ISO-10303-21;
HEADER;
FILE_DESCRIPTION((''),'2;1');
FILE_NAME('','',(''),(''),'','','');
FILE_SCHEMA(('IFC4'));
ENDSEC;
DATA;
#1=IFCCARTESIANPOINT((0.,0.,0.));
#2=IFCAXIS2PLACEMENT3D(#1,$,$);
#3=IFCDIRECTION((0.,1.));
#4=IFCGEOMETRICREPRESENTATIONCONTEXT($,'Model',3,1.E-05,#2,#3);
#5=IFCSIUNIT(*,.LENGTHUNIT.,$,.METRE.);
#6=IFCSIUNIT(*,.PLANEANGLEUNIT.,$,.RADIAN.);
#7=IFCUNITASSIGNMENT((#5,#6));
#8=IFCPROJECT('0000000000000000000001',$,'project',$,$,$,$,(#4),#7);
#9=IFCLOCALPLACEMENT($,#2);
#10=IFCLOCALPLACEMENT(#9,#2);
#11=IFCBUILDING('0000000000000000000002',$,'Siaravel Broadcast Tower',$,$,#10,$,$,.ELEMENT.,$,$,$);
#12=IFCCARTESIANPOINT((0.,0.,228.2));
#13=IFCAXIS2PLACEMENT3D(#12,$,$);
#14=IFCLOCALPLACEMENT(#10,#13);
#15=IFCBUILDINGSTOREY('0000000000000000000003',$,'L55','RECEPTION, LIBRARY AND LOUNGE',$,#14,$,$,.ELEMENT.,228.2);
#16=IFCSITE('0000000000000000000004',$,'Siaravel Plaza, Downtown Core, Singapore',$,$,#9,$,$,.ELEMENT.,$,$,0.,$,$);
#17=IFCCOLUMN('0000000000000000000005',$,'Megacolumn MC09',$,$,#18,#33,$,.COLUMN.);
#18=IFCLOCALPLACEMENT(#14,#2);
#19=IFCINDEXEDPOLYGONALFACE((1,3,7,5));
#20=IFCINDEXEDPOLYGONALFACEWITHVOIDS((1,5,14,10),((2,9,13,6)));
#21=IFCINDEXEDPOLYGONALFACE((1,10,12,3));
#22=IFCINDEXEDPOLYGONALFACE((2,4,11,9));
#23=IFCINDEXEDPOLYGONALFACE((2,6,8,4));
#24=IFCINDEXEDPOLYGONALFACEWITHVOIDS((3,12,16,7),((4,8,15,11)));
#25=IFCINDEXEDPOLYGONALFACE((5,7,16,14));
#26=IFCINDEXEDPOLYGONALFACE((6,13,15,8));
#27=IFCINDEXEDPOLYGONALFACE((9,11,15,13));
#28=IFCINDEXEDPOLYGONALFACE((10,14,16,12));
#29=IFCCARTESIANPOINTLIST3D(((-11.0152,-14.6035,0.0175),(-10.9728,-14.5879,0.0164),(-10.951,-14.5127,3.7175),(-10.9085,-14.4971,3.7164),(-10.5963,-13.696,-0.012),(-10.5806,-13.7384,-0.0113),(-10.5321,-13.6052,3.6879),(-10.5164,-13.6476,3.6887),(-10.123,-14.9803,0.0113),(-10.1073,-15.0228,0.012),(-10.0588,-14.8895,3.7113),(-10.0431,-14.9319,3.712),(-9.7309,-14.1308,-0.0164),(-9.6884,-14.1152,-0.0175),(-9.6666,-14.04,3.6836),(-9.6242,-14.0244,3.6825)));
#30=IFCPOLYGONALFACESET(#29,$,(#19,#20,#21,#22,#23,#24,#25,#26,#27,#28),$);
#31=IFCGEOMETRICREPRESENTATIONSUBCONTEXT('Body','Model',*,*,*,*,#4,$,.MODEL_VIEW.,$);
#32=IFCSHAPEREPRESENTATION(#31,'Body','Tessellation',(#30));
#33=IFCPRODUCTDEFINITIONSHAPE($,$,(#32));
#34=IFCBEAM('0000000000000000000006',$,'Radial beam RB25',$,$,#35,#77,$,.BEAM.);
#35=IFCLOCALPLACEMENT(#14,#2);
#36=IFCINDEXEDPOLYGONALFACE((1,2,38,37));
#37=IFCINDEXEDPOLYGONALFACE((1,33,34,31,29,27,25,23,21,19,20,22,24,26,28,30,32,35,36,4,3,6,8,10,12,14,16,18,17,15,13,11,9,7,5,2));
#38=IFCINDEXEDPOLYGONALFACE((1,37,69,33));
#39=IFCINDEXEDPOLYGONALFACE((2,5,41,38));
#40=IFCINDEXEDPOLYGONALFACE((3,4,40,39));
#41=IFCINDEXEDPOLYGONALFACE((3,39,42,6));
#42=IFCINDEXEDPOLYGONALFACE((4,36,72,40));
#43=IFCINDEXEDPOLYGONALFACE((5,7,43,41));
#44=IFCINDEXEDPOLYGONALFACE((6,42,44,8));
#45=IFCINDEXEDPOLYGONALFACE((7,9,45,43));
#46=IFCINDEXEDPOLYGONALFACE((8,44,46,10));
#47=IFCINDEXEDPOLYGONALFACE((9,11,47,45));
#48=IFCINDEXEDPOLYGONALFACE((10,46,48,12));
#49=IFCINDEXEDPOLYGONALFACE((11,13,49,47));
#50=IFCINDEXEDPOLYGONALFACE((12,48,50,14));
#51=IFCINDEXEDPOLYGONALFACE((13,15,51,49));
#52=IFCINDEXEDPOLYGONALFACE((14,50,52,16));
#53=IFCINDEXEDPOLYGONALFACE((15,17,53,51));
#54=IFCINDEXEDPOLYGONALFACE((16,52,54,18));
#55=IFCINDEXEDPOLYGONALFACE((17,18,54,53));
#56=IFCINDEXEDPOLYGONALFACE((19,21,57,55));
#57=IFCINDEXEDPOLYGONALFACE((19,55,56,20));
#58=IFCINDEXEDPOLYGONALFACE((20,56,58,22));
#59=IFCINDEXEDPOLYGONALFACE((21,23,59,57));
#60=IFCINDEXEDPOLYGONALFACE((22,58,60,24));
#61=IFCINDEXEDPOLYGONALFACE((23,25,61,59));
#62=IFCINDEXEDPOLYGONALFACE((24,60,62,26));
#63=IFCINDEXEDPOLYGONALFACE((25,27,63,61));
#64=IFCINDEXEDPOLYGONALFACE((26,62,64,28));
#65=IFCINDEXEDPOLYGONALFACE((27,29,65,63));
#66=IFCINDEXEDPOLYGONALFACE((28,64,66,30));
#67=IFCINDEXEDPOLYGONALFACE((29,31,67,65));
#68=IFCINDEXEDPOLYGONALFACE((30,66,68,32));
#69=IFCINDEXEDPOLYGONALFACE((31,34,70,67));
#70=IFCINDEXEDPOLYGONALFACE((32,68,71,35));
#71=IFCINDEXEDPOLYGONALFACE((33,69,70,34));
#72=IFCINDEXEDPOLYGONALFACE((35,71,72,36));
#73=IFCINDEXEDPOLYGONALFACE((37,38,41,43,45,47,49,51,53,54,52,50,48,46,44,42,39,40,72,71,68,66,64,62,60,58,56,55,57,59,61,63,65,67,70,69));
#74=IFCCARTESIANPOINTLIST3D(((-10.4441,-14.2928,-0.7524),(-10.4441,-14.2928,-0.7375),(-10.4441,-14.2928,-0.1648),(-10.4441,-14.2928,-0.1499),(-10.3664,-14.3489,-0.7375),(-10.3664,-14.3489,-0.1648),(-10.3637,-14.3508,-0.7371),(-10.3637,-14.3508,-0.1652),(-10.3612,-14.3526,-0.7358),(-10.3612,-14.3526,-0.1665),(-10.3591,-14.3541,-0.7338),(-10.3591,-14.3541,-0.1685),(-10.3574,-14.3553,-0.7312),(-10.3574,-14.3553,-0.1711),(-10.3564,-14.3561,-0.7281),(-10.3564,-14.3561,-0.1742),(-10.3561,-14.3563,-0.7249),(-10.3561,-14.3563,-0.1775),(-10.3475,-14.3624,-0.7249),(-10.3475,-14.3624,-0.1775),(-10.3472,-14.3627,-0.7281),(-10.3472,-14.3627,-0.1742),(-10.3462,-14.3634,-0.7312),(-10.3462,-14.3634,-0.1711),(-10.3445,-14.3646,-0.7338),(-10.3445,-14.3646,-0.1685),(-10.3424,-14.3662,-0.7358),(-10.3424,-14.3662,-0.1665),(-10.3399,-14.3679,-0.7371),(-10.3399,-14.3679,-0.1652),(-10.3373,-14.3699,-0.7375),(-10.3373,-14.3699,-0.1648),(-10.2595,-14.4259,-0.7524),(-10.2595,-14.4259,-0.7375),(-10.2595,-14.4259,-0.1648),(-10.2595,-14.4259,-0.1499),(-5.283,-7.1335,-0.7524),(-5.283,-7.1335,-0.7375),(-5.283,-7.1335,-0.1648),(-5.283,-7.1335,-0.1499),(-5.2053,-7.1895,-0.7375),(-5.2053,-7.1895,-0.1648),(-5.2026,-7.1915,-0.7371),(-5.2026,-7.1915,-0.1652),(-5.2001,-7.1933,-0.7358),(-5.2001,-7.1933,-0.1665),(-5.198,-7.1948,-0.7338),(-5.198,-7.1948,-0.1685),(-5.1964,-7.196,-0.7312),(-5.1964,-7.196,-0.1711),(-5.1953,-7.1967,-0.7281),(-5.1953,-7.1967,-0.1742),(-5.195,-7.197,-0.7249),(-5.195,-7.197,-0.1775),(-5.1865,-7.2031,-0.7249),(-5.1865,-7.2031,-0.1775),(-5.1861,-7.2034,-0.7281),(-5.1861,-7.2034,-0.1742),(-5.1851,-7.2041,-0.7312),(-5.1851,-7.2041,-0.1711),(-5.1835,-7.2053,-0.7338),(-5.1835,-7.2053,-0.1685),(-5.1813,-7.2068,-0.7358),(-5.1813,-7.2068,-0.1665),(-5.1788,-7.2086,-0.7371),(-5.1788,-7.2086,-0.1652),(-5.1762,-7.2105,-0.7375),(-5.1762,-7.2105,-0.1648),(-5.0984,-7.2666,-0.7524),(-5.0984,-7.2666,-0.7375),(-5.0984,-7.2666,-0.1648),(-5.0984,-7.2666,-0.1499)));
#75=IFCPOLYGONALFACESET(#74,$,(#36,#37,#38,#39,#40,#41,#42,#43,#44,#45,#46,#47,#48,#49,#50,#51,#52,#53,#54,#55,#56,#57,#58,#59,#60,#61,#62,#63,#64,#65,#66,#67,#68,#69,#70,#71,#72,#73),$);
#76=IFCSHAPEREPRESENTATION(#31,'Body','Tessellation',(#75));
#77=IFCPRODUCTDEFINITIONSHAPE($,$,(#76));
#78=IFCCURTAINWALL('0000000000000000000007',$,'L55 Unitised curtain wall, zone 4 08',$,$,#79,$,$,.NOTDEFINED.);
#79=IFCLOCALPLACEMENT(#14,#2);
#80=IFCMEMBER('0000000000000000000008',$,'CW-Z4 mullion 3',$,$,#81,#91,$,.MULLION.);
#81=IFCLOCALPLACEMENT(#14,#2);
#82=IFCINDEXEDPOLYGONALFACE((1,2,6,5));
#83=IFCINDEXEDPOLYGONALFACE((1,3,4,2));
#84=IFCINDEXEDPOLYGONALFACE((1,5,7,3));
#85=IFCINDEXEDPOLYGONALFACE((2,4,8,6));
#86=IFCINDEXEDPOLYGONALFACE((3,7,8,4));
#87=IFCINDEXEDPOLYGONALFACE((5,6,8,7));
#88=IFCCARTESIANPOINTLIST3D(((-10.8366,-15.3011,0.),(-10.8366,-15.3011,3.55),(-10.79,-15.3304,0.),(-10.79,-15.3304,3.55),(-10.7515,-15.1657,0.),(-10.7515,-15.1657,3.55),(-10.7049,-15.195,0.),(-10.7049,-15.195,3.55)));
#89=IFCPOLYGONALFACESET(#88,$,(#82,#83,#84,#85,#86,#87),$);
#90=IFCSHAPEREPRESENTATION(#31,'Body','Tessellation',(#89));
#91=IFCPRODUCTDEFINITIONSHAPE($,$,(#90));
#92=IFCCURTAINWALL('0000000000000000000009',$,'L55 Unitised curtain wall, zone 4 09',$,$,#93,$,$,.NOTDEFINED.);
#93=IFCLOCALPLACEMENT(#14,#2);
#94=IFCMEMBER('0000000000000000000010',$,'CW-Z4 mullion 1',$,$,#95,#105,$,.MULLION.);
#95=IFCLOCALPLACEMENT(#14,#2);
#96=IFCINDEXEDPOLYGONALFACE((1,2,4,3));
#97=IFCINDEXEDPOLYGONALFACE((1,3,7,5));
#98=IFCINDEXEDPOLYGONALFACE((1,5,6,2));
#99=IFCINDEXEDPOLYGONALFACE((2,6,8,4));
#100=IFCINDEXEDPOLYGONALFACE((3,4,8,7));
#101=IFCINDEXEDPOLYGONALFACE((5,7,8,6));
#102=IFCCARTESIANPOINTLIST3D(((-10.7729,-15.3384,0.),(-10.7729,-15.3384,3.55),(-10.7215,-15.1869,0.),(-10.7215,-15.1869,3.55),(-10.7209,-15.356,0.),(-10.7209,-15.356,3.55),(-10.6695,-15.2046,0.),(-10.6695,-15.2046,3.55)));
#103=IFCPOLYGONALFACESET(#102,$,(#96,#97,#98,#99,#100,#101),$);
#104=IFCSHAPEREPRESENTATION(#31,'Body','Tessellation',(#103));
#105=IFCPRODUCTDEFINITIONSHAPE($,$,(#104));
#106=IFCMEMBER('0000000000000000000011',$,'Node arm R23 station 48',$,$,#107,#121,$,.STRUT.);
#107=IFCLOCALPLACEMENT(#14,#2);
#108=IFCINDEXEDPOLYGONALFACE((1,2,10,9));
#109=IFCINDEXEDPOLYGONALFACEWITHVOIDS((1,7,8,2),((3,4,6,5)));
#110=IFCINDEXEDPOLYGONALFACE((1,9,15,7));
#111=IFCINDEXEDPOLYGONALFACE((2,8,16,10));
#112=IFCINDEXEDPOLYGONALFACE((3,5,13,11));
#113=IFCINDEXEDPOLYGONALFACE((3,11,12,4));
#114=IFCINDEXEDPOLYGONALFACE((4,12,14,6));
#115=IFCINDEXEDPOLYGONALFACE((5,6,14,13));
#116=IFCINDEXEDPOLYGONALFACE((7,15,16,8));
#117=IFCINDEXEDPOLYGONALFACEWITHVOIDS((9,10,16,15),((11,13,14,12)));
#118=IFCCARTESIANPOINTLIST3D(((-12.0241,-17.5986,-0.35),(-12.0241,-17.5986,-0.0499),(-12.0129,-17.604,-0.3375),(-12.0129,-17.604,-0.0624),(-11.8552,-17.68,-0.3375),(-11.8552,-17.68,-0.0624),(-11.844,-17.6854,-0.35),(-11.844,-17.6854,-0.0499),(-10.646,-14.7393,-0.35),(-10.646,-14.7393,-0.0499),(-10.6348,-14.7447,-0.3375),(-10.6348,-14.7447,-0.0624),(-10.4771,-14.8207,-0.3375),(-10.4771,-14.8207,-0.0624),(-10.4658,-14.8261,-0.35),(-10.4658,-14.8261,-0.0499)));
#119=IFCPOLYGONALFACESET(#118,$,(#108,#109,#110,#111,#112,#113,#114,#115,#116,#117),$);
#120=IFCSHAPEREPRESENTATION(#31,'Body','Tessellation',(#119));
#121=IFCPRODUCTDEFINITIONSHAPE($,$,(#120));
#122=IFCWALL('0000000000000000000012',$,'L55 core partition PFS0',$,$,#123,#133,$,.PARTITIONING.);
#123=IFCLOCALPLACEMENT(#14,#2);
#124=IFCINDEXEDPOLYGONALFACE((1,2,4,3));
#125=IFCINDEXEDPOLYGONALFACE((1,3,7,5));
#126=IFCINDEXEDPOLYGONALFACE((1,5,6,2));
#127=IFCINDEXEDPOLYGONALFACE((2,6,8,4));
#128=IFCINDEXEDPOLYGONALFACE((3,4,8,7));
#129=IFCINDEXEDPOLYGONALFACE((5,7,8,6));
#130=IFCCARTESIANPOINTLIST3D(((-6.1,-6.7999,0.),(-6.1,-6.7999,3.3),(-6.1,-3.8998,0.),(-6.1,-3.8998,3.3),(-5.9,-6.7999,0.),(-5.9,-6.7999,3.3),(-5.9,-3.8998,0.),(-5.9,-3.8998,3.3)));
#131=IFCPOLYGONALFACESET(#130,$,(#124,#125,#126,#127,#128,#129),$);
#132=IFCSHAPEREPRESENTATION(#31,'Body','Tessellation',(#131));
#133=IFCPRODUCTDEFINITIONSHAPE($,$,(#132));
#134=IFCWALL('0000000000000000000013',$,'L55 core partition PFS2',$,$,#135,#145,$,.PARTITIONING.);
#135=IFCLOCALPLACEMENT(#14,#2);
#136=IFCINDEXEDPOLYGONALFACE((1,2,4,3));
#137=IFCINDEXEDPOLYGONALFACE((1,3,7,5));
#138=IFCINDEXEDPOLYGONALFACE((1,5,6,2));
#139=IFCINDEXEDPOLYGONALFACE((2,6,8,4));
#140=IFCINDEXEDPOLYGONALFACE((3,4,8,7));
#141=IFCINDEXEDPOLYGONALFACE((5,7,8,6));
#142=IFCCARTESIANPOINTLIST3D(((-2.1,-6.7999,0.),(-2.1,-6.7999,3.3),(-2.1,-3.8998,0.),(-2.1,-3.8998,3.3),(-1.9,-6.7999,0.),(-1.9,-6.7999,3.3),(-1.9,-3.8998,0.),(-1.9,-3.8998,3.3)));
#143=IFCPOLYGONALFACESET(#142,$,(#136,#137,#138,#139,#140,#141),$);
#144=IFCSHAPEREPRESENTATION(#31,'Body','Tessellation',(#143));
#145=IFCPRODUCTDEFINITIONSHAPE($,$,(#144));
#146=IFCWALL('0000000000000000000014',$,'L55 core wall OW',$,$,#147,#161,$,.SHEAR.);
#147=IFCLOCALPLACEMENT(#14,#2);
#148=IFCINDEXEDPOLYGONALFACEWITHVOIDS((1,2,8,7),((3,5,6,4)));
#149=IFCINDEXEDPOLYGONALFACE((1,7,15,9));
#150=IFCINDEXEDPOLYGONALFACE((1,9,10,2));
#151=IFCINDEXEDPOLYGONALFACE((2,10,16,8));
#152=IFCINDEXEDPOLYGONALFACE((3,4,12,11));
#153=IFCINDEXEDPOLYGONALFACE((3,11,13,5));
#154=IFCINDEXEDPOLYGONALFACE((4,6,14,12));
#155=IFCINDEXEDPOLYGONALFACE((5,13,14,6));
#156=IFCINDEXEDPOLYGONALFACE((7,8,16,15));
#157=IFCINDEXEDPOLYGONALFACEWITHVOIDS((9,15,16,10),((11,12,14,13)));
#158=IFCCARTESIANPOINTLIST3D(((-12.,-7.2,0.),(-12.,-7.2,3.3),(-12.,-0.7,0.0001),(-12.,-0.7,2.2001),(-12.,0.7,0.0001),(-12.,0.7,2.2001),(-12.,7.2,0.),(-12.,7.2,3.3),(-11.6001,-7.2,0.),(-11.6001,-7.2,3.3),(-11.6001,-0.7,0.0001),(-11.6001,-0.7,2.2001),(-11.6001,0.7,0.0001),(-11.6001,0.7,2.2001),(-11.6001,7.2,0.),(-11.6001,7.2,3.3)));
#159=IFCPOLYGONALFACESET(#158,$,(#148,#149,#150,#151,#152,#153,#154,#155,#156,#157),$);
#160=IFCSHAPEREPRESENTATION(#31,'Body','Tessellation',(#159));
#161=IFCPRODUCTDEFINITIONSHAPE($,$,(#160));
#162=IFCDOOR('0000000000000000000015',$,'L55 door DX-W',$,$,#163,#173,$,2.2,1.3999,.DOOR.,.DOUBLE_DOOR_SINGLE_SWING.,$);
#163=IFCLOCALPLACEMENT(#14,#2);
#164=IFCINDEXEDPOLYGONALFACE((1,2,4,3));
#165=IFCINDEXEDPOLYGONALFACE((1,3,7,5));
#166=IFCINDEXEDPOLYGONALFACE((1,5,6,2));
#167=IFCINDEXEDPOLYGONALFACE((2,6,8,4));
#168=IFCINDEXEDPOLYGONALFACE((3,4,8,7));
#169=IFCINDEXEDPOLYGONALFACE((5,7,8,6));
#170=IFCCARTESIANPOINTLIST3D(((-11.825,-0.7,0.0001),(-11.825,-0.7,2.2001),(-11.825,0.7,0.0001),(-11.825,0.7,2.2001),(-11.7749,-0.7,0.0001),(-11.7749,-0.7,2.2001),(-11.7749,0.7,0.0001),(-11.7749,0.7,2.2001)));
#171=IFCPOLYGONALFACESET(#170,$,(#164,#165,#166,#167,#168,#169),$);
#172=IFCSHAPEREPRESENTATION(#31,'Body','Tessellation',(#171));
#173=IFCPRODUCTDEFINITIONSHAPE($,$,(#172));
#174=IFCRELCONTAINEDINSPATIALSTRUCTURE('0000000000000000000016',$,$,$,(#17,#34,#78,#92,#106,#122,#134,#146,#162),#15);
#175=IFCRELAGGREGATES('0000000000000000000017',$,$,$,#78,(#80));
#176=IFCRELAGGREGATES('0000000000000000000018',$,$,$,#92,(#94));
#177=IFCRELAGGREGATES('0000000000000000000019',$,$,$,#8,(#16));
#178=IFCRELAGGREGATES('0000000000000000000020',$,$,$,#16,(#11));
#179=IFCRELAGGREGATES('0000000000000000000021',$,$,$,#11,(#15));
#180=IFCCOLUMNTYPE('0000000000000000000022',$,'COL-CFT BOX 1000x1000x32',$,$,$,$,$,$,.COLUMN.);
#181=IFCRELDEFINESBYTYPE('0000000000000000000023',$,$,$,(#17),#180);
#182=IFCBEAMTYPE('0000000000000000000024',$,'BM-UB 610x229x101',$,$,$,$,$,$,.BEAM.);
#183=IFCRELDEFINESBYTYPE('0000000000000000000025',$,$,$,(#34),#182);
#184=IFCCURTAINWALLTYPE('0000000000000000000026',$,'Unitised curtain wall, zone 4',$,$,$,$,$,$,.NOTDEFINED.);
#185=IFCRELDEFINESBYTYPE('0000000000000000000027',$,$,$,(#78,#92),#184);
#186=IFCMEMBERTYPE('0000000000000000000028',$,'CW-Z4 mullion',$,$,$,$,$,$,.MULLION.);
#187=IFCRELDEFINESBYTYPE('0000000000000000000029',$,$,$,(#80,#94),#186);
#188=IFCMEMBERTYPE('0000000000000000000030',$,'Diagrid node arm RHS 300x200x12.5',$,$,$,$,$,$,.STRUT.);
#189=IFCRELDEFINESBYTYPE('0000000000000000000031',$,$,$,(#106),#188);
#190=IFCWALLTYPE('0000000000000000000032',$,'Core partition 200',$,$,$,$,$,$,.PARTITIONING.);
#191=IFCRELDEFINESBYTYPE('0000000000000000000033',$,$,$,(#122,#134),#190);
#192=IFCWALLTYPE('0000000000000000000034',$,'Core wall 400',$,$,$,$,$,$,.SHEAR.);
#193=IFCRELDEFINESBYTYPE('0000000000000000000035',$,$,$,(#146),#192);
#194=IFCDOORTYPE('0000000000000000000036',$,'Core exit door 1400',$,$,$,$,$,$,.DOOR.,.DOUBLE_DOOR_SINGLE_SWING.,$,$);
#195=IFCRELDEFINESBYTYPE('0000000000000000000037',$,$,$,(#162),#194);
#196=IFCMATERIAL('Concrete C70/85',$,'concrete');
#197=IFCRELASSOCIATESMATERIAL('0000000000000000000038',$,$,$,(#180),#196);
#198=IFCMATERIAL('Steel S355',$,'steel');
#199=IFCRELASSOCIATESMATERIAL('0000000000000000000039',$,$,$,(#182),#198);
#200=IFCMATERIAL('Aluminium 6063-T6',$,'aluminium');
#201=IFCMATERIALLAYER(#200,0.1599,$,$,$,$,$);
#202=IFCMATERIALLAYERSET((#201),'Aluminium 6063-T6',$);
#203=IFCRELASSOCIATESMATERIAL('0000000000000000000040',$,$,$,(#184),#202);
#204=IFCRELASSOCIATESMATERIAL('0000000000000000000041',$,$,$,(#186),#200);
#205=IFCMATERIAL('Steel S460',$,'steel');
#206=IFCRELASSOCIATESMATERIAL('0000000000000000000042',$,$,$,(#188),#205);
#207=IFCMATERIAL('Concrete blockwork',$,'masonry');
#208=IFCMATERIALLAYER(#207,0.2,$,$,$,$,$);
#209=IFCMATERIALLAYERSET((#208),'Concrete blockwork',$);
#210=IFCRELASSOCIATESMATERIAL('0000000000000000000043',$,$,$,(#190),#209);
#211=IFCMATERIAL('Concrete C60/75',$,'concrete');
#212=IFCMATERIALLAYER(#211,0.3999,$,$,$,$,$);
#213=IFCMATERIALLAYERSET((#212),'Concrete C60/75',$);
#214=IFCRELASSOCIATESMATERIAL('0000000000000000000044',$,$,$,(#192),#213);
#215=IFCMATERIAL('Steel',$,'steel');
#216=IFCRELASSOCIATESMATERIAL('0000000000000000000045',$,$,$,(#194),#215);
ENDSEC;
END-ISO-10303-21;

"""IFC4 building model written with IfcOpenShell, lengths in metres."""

from ifc_helpers import new_model, si_unit, direction, frame, frame_2d, origin, origin_2d, place, context, subcontext, project, spatial, rectangle, hollow_rectangle, i_section, extrude, material, layer, layer_set, material_profile, profile_set, type_object, element, fill, aggregate, save


model = new_model("IFC4")

# Units and contexts
model_context = context("Model", 3, precision=1e-05, world=origin(), true_north=direction((0.0, 1.0)))
body_context = subcontext(model_context, "Body", "Model", "MODEL_VIEW")
ifc_project = project(units=[si_unit("LENGTHUNIT", "METRE"), si_unit("PLANEANGLEUNIT", "RADIAN")], contexts=[model_context])

# Site, building, storey
site_placement = place(None, origin())
site = spatial("IfcSite", under=ifc_project, at=site_placement, Name="Siaravel Plaza, Downtown Core, Singapore", CompositionType="ELEMENT", RefElevation=0.0)
building_placement = place(site_placement, origin())
building = spatial("IfcBuilding", under=site, at=building_placement, Name="Siaravel Broadcast Tower", CompositionType="ELEMENT")
storey_placement = place(building_placement, frame((0.0, 0.0, 228.2)))
storey = spatial("IfcBuildingStorey", under=building, at=storey_placement, Name="L55", Description="RECEPTION, LIBRARY AND LOUNGE", CompositionType="ELEMENT", Elevation=228.2)

# Column
ifc_material_1 = material(Name="Concrete C70/85", Category="concrete")
ifc_material_profile_1 = material_profile(ifc_material_1, hollow_rectangle(XDim=1.0, YDim=1.0, WallThickness=0.032, at=origin_2d()))
ifc_profile_set_1 = profile_set([ifc_material_profile_1], Name="Concrete C70/85")
column_type = type_object("IfcColumnType", Name="COL-CFT BOX 1000x1000x32", PredefinedType="COLUMN", material=ifc_profile_set_1)
column_placement = place(storey_placement, frame((-10.3518, -14.3594, 0.0), z_axis=(0.017346, 0.024535, 0.999548), x_axis=(-0.907863, 0.419232, 0.005464)))
element("IfcColumn", 1, at=column_placement, inside=storey, type_object=column_type, Name="Megacolumn MC09", PredefinedType="COLUMN", context=body_context, shape_type="SweptSolid", body=[
    extrude(hollow_rectangle(XDim=1.0, YDim=1.0, WallThickness=0.032, at=origin_2d()), origin(), (0.0, 0.0, 1.0), 3.7017),
])

# Beam
ifc_material_2 = material(Name="Steel S355", Category="steel")
ifc_material_profile_2 = material_profile(ifc_material_2, i_section(OverallWidth=0.2275, OverallDepth=0.6025, WebThickness=0.0105, FlangeThickness=0.0149, FilletRadius=0.0127, at=origin_2d()))
ifc_profile_set_2 = profile_set([ifc_material_profile_2], Name="Steel S355")
beam_type = type_object("IfcBeamType", Name="BM-UB 610x229x101", PredefinedType="BEAM", material=ifc_profile_set_2)
beam_placement = place(storey_placement, frame((-10.3518, -14.3594, -0.4512), z_axis=(0.584778, 0.811193, 0.0), x_axis=(-0.811193, 0.584778, 0.0)))
element("IfcBeam", 2, at=beam_placement, inside=storey, type_object=beam_type, Name="Radial beam RB25", PredefinedType="BEAM", context=body_context, shape_type="SweptSolid", body=[
    extrude(i_section(OverallWidth=0.2275, OverallDepth=0.6025, WebThickness=0.0105, FlangeThickness=0.0149, FilletRadius=0.0127, at=origin_2d()), origin(), (0.0, 0.0, 1.0), 8.8257),
])

# Curtain walls, members
ifc_material_3 = material(Name="Aluminium 6063-T6", Category="aluminium")
ifc_layer_1 = layer(ifc_material_3, 0.1599)
ifc_layer_set_1 = layer_set([ifc_layer_1], Name="Aluminium 6063-T6")
curtain_wall_type = type_object("IfcCurtainWallType", Name="Unitised curtain wall, zone 4", PredefinedType="NOTDEFINED", material=ifc_layer_set_1)
curtain_wall_1_placement = place(storey_placement, origin())
curtain_wall_1 = element("IfcCurtainWall", 3, at=curtain_wall_1_placement, inside=storey, type_object=curtain_wall_type, Name="L55 Unitised curtain wall, zone 4 08", PredefinedType="NOTDEFINED")
ifc_material_profile_3 = material_profile(ifc_material_3, rectangle(XDim=0.1599, YDim=0.0549, at=origin_2d()))
ifc_profile_set_3 = profile_set([ifc_material_profile_3], Name="Aluminium 6063-T6")
member_type_1 = type_object("IfcMemberType", Name="CW-Z4 mullion", PredefinedType="MULLION", material=ifc_profile_set_3)
member_1_placement = place(storey_placement, frame((-10.7708, -15.248, 0.0), z_axis=(0.0, 0.0, 1.0), x_axis=(0.53215, 0.84665, 0.0)))
member_1 = element("IfcMember", 4, at=member_1_placement, type_object=member_type_1, Name="CW-Z4 mullion 3", PredefinedType="MULLION", context=body_context, shape_type="SweptSolid", body=[
    extrude(rectangle(XDim=0.1599, YDim=0.0549, at=origin_2d()), origin(), (0.0, 0.0, 1.0), 3.55),
])
aggregate(curtain_wall_1, [member_1])
curtain_wall_2_placement = place(storey_placement, origin())
curtain_wall_2 = element("IfcCurtainWall", 5, at=curtain_wall_2_placement, inside=storey, type_object=curtain_wall_type, Name="L55 Unitised curtain wall, zone 4 09", PredefinedType="NOTDEFINED")
member_2_placement = place(storey_placement, frame((-10.7212, -15.2715, 0.0), z_axis=(0.0, 0.0, 1.0), x_axis=(0.321301, 0.946977, 0.0)))
member_2 = element("IfcMember", 6, at=member_2_placement, type_object=member_type_1, Name="CW-Z4 mullion 1", PredefinedType="MULLION", context=body_context, shape_type="SweptSolid", body=[
    extrude(rectangle(XDim=0.1599, YDim=0.0549, at=origin_2d()), origin(), (0.0, 0.0, 1.0), 3.55),
])
aggregate(curtain_wall_2, [member_2])

# Member
ifc_material_4 = material(Name="Steel S460", Category="steel")
ifc_material_profile_4 = material_profile(ifc_material_4, hollow_rectangle(XDim=0.2, YDim=0.3, WallThickness=0.0125, at=origin_2d()))
ifc_profile_set_4 = profile_set([ifc_material_profile_4], Name="Steel S460")
member_type_2 = type_object("IfcMemberType", Name="Diagrid node arm RHS 300x200x12.5", PredefinedType="STRUT", material=ifc_profile_set_4)
member_3_placement = place(storey_placement, frame((-10.5559, -14.7827, -0.2), z_axis=(-0.434183, -0.900825, 0.0), x_axis=(0.900825, -0.434183, 0.0)))
element("IfcMember", 7, at=member_3_placement, inside=storey, type_object=member_type_2, Name="Node arm R23 station 48", PredefinedType="STRUT", context=body_context, shape_type="SweptSolid", body=[
    extrude(hollow_rectangle(XDim=0.2, YDim=0.3, WallThickness=0.0125, at=origin_2d()), origin(), (0.0, 0.0, 1.0), 3.1741),
])

# Walls
ifc_material_5 = material(Name="Concrete blockwork", Category="masonry")
ifc_layer_2 = layer(ifc_material_5, 0.2)
ifc_layer_set_2 = layer_set([ifc_layer_2], Name="Concrete blockwork")
wall_type_1 = type_object("IfcWallType", Name="Core partition 200", PredefinedType="PARTITIONING", material=ifc_layer_set_2)
for number, where, z_axis, x_axis, name in (
    (8, (-6.0, -6.8, 0.0), (0.0, 0.0, 1.0), (0.0, 1.0, 0.0), "L55 core partition PFS0"),
    (9, (-2.0, -6.8, 0.0), (0.0, 0.0, 1.0), (0.0, 1.0, 0.0), "L55 core partition PFS2"),
):
    element("IfcWall", number, at=place(storey_placement, frame(where, z_axis=z_axis, x_axis=x_axis)), inside=storey, type_object=wall_type_1, Name=name, PredefinedType="PARTITIONING", context=body_context, shape_type="SweptSolid", body=[
        extrude(rectangle(XDim=2.9001, YDim=0.2, at=frame_2d((1.4502, 0.0))), origin(), (0.0, 0.0, 1.0), 3.3),
    ])

# Wall, opening, door
ifc_material_6 = material(Name="Concrete C60/75", Category="concrete")
ifc_layer_3 = layer(ifc_material_6, 0.3999)
ifc_layer_set_3 = layer_set([ifc_layer_3], Name="Concrete C60/75")
wall_type_2 = type_object("IfcWallType", Name="Core wall 400", PredefinedType="SHEAR", material=ifc_layer_set_3)
wall_1_placement = place(storey_placement, frame((-11.8, -7.2, 0.0), z_axis=(0.0, 0.0, 1.0), x_axis=(0.0, 1.0, 0.0)))
wall_1 = element("IfcWall", 10, at=wall_1_placement, inside=storey, type_object=wall_type_2, Name="L55 core wall OW", PredefinedType="SHEAR", context=body_context, shape_type="SweptSolid", body=[
    extrude(rectangle(XDim=14.3999, YDim=0.3999, at=frame_2d((7.2, 0.0))), origin(), (0.0, 0.0, 1.0), 3.3),
])
opening_1_placement = place(wall_1_placement, frame((6.5, 0.0, 0.0)))
opening_1 = element("IfcOpeningElement", 11, at=opening_1_placement, cuts=wall_1, PredefinedType="OPENING", context=body_context, shape_type="SweptSolid", body=[
    extrude(rectangle(XDim=1.3999, YDim=2.2, at=frame_2d((0.7, 1.1001))), frame((0.0, 0.21, 0.0), z_axis=(0.0, -1.0, 0.0), x_axis=(1.0, 0.0, 0.0)), (0.0, 0.0, 1.0), 0.4199),
])
ifc_material_7 = material(Name="Steel", Category="steel")
door_type_1 = type_object("IfcDoorType", Name="Core exit door 1400", OperationType="DOUBLE_DOOR_SINGLE_SWING", PredefinedType="DOOR", material=ifc_material_7)
door_1_placement = place(opening_1_placement, origin())
door_1 = element("IfcDoor", 12, at=door_1_placement, inside=storey, type_object=door_type_1, Name="L55 door DX-W", OperationType="DOUBLE_DOOR_SINGLE_SWING", OverallHeight=2.2, OverallWidth=1.3999, PredefinedType="DOOR", context=body_context, shape_type="SweptSolid", body=[
    extrude(rectangle(XDim=1.3999, YDim=2.2, at=frame_2d((0.7, 1.1001))), frame((0.0, 0.0249, 0.0), z_axis=(0.0, -1.0, 0.0), x_axis=(1.0, 0.0, 0.0)), (0.0, 0.0, 1.0), 0.05),
])
fill(opening_1, door_1)

save(model, "model.ifc")
